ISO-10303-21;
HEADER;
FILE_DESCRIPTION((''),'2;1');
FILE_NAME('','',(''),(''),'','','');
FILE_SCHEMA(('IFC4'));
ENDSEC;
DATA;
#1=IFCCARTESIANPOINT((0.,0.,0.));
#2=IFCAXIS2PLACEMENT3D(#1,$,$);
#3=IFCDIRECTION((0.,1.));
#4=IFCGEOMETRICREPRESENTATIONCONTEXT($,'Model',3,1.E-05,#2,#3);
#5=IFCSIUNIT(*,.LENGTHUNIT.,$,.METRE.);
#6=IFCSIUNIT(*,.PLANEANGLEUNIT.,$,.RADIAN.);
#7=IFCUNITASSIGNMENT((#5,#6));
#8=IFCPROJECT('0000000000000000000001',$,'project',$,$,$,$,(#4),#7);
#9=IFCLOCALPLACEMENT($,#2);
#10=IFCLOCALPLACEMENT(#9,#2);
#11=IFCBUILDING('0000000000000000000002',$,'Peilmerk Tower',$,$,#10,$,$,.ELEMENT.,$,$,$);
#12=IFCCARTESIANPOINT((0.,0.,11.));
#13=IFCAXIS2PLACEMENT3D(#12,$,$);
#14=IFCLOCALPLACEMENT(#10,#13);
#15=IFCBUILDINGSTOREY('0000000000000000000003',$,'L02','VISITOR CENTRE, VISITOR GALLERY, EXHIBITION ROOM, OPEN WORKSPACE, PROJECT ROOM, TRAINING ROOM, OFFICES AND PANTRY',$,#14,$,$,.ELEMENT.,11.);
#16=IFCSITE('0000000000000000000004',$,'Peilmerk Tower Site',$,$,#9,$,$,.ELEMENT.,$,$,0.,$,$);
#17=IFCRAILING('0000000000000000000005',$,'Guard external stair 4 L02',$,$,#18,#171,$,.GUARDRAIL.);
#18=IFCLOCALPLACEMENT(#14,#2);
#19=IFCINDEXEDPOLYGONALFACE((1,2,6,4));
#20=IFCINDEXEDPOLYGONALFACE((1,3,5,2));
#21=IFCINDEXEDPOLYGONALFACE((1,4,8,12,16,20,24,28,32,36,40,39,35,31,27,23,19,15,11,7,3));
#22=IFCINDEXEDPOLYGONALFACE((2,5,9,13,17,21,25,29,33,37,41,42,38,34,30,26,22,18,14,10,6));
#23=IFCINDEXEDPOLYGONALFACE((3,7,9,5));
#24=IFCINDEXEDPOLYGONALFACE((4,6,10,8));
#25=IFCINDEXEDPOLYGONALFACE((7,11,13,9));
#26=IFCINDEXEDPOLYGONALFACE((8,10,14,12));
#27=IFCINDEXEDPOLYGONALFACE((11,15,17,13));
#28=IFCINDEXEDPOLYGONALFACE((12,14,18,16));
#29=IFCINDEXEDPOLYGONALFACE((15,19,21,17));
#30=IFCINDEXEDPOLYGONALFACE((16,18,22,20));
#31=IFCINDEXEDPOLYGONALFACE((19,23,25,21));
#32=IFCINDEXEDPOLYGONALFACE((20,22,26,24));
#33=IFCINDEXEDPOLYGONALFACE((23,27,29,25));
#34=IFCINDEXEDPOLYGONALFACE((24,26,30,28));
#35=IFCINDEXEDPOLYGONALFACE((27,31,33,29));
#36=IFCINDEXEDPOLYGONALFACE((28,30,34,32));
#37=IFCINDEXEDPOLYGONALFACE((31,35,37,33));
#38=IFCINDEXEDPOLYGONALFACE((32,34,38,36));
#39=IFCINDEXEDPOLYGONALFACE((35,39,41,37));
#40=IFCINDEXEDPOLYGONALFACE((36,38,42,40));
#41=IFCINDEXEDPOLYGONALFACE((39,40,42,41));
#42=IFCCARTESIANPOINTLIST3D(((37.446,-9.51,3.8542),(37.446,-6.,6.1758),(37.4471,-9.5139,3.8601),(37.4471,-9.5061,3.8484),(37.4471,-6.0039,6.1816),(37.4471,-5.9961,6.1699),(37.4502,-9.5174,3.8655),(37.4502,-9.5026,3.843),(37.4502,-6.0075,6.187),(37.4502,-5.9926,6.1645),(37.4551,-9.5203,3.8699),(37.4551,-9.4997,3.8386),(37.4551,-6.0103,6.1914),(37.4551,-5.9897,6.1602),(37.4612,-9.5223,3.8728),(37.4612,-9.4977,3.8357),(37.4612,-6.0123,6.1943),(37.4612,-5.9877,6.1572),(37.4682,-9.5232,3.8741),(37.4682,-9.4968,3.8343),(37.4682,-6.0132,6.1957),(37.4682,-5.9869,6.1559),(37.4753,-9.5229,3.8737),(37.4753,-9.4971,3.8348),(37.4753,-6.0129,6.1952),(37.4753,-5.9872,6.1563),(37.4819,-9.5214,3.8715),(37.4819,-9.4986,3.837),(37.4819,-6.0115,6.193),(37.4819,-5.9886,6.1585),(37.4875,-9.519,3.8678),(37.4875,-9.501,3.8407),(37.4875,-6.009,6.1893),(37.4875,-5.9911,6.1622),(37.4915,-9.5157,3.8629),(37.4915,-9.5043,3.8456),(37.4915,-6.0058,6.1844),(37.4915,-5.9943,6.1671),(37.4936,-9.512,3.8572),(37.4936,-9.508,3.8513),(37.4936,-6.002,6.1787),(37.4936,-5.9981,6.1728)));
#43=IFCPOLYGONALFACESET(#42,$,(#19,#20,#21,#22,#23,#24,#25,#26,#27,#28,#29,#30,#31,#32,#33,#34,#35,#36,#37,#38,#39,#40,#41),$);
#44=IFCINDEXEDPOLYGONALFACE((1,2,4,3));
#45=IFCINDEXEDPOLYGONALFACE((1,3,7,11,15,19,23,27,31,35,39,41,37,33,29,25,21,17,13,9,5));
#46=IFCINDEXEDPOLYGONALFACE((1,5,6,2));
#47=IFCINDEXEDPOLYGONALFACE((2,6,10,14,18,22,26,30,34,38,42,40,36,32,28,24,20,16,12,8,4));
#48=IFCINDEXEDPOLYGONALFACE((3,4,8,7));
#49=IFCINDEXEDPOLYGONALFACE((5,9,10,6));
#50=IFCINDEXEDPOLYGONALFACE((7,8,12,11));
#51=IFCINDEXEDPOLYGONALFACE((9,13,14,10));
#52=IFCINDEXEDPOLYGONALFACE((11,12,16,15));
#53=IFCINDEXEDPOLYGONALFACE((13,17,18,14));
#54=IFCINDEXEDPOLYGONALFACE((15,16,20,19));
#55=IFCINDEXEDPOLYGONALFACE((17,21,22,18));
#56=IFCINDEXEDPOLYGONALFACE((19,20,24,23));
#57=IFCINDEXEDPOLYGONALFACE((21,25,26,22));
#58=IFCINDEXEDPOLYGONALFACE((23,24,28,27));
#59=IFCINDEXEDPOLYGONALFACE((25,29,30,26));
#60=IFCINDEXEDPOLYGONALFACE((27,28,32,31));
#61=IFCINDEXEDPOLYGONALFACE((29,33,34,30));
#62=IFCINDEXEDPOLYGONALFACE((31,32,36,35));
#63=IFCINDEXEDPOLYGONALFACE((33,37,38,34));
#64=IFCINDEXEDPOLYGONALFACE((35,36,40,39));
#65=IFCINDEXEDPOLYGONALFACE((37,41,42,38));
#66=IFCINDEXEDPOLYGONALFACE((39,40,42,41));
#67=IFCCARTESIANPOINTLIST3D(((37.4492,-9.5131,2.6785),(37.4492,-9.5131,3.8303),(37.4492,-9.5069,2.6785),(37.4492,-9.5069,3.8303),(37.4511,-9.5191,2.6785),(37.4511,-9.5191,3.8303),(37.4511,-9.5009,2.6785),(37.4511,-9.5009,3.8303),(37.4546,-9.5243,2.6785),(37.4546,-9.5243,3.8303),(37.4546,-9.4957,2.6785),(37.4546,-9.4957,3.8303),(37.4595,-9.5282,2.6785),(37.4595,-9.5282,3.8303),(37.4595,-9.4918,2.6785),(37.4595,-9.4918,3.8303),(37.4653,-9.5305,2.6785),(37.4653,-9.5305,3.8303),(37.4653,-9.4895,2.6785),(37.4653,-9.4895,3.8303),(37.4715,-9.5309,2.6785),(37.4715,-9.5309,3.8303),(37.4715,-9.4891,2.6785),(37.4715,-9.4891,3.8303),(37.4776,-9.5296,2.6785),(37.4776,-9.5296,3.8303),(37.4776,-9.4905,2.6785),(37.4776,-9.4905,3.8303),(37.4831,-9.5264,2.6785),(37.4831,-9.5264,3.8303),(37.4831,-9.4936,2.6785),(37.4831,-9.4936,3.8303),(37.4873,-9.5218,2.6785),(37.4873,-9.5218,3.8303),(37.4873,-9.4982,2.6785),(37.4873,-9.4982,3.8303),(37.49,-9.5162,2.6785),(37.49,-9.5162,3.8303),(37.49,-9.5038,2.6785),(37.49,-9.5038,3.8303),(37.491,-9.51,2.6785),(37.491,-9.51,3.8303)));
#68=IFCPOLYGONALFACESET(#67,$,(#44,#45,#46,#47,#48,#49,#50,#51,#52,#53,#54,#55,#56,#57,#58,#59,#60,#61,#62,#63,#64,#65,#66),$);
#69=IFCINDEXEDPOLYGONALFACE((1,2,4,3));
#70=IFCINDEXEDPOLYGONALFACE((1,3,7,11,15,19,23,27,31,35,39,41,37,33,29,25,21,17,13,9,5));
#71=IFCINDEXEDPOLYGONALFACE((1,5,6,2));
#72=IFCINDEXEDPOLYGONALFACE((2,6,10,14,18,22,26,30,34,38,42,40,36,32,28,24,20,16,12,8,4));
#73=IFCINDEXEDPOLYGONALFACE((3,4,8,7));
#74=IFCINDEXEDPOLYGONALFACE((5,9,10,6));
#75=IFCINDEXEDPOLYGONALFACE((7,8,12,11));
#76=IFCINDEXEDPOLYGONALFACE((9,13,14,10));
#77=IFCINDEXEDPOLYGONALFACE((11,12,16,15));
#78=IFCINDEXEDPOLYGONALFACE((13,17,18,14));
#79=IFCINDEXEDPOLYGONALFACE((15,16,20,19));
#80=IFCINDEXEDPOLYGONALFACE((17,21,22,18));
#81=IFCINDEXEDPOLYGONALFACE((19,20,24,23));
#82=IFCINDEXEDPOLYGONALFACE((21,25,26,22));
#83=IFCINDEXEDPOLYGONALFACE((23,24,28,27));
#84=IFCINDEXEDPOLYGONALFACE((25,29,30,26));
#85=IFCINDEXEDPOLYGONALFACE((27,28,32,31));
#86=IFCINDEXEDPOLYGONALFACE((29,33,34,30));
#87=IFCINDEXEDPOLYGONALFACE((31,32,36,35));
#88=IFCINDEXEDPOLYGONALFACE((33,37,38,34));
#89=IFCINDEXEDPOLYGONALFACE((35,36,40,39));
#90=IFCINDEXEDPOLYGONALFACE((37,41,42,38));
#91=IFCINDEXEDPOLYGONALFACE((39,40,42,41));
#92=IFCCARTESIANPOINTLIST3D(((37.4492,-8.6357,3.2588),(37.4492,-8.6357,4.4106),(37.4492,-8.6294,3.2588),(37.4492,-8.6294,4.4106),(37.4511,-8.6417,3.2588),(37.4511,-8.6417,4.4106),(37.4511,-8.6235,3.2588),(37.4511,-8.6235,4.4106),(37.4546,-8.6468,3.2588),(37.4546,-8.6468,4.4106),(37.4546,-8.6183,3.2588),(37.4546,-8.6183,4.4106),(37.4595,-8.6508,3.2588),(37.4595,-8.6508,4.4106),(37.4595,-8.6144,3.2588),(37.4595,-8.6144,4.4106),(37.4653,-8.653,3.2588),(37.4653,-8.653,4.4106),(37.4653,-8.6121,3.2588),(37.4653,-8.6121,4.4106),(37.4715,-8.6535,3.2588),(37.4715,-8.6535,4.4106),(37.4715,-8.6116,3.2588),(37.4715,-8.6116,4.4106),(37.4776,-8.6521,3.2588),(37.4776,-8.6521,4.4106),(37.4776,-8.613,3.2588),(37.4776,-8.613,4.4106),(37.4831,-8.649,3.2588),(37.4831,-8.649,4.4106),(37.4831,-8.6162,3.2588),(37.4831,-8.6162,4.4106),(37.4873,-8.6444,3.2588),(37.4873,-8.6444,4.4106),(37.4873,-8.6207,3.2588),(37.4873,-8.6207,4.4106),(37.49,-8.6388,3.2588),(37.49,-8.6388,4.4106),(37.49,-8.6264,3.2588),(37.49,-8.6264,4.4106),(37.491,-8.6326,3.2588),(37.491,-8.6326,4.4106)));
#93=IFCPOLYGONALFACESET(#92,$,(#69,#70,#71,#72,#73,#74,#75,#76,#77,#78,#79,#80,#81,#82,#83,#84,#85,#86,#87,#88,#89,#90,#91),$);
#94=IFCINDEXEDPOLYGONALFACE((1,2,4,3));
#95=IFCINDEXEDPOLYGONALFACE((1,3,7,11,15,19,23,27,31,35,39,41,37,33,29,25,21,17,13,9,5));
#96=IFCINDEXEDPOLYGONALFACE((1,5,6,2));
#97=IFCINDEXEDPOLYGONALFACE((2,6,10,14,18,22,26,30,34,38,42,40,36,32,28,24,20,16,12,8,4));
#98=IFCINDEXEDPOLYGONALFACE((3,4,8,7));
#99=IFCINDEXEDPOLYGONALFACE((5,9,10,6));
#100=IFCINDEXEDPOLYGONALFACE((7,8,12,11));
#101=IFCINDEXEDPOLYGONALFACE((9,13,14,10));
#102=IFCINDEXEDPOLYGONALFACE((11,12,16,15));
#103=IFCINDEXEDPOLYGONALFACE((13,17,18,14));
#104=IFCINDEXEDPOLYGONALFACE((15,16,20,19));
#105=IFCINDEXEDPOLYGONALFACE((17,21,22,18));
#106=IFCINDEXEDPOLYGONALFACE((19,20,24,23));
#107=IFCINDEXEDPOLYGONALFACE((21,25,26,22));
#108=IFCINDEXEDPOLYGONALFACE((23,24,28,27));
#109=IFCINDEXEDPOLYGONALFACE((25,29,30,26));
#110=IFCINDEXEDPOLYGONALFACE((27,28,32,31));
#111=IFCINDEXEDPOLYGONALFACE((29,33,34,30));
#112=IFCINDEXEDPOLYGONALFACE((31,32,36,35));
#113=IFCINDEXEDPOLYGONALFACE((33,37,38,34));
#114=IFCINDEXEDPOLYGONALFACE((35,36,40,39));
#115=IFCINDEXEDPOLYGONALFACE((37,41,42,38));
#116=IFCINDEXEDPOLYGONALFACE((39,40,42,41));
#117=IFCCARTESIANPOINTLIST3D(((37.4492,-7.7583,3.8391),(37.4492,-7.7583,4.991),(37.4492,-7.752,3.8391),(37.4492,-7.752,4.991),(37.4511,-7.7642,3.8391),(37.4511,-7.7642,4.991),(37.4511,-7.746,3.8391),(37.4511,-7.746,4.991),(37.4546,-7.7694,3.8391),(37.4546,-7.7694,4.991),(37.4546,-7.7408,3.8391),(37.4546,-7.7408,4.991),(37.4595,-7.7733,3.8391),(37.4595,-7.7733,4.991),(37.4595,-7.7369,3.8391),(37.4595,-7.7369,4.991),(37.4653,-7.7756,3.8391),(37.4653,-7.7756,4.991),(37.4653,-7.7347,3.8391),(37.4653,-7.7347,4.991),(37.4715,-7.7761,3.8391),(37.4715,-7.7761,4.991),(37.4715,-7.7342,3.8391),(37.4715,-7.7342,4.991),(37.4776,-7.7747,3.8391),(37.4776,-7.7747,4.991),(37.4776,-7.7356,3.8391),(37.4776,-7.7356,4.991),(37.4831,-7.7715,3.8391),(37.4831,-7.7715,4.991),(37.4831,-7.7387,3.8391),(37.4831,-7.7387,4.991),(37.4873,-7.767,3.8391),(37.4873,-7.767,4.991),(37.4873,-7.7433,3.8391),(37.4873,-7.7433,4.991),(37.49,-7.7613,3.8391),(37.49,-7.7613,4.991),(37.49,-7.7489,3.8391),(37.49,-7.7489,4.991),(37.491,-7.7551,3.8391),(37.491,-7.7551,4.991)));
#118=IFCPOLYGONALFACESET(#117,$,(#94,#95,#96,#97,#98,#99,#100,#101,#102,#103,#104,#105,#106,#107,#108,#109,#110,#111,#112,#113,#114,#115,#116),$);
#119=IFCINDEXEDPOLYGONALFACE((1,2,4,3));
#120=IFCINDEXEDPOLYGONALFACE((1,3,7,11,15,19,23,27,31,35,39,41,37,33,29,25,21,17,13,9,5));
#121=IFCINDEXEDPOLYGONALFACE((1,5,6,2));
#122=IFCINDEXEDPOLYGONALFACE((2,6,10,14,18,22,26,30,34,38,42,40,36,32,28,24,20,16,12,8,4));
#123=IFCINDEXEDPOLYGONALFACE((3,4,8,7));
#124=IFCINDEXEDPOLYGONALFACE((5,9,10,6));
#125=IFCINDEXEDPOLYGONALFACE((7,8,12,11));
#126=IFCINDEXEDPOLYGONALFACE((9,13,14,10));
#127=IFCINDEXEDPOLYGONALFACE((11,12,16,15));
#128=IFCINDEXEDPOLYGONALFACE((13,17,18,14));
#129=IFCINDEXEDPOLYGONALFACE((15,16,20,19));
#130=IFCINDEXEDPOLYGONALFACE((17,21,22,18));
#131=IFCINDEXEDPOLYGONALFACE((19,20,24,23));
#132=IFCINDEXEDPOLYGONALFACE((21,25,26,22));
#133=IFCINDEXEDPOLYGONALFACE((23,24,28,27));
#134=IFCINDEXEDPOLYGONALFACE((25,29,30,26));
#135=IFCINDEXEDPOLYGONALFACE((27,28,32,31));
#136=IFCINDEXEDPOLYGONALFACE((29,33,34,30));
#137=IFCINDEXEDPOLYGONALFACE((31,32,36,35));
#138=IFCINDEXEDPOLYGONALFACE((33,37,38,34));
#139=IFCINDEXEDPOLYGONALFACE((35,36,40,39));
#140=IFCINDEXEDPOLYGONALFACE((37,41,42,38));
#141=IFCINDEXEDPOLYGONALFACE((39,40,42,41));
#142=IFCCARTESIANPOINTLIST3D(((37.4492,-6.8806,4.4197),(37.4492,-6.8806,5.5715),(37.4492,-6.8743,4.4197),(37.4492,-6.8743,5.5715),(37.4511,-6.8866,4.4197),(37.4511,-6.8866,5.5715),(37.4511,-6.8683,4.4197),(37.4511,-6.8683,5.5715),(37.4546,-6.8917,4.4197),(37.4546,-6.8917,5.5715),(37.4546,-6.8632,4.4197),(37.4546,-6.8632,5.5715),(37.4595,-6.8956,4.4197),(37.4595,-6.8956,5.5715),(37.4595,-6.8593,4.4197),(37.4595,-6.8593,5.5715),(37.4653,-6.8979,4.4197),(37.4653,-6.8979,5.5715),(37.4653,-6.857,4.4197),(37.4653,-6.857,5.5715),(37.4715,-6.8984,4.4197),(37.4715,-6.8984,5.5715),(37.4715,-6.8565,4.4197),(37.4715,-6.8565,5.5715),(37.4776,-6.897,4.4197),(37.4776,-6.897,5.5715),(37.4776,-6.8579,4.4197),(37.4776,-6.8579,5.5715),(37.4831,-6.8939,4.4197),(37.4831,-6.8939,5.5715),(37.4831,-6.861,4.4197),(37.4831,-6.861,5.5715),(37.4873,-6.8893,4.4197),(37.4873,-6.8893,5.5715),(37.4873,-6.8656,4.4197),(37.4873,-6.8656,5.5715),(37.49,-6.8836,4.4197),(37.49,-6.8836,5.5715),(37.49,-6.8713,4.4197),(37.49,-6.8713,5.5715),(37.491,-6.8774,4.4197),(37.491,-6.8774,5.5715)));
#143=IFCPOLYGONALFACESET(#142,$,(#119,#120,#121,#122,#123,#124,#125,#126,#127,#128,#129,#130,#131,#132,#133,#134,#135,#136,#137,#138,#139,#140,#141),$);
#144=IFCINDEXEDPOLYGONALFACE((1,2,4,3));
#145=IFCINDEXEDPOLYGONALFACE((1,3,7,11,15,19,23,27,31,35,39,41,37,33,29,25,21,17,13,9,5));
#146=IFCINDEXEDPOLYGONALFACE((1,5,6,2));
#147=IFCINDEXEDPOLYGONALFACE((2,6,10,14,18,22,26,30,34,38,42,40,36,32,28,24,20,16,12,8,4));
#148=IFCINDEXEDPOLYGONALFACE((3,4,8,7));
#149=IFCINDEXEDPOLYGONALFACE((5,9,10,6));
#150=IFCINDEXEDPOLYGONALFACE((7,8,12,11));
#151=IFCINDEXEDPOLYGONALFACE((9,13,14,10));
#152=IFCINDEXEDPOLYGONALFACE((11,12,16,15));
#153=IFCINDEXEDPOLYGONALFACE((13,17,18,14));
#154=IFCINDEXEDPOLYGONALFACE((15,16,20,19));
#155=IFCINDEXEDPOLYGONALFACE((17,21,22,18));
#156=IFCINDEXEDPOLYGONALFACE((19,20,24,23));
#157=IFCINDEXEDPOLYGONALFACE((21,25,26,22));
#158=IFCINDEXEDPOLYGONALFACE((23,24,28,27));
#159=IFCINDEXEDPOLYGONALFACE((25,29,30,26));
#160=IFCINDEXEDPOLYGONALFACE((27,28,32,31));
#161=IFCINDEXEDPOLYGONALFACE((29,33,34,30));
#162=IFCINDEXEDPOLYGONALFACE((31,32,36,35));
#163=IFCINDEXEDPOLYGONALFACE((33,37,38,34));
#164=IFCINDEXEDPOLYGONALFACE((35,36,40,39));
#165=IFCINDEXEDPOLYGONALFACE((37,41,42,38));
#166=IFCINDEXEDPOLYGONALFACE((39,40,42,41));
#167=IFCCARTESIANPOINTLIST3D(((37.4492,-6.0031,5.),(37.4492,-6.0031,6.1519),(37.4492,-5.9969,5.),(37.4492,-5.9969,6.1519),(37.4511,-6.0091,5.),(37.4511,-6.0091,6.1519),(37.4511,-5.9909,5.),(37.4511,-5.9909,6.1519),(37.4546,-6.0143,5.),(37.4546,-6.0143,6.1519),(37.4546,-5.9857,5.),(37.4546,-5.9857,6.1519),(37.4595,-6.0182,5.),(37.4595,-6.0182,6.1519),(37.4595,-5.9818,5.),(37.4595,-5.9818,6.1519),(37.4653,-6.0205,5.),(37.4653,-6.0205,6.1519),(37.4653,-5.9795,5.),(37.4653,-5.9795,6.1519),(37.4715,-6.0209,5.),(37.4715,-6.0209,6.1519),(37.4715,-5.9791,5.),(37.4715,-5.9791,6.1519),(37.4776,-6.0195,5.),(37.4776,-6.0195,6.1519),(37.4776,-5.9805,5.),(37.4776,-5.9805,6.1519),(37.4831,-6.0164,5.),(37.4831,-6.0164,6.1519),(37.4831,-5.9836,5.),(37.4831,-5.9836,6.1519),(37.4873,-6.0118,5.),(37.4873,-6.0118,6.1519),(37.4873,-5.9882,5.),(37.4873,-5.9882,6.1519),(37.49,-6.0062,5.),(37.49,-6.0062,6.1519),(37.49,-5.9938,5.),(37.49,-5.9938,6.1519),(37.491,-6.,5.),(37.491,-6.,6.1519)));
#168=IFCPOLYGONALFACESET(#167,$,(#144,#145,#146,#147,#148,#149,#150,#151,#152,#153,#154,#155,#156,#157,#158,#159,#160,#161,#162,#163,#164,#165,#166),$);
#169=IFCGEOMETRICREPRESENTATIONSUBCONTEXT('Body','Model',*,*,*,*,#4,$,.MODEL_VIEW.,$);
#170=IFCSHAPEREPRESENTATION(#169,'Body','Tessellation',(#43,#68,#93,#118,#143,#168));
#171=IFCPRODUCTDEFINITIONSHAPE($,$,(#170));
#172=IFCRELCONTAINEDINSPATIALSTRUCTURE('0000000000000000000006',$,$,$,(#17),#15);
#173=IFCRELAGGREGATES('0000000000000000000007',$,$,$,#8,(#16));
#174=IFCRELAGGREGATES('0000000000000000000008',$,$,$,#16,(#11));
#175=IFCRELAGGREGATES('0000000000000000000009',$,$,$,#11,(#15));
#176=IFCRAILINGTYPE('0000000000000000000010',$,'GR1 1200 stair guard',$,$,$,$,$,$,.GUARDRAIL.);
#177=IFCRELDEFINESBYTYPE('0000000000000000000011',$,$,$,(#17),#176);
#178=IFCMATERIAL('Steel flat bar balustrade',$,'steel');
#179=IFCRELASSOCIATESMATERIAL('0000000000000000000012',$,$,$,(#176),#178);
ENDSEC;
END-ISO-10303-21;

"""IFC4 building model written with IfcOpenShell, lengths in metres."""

from ifc_helpers import new_model, si_unit, direction, frame, origin, origin_2d, place, context, subcontext, project, spatial, circle, extrude, material, type_object, element, save


model = new_model("IFC4")

# Units and contexts
model_context = context("Model", 3, precision=1e-05, world=origin(), true_north=direction((0.0, 1.0)))
body_context = subcontext(model_context, "Body", "Model", "MODEL_VIEW")
ifc_project = project(units=[si_unit("LENGTHUNIT", "METRE"), si_unit("PLANEANGLEUNIT", "RADIAN")], contexts=[model_context])

# Site, building, storey
site_placement = place(None, origin())
site = spatial("IfcSite", under=ifc_project, at=site_placement, Name="Peilmerk Tower Site", CompositionType="ELEMENT", RefElevation=0.0)
building_placement = place(site_placement, origin())
building = spatial("IfcBuilding", under=site, at=building_placement, Name="Peilmerk Tower", CompositionType="ELEMENT")
storey_placement = place(building_placement, frame((0.0, 0.0, 11.0)))
storey = spatial("IfcBuildingStorey", under=building, at=storey_placement, Name="L02", Description="VISITOR CENTRE, VISITOR GALLERY, EXHIBITION ROOM, OPEN WORKSPACE, PROJECT ROOM, TRAINING ROOM, OFFICES AND PANTRY", CompositionType="ELEMENT", Elevation=11.0)

# Railing
ifc_material_1 = material(Name="Steel flat bar balustrade", Category="steel")
railing_type_1 = type_object("IfcRailingType", Name="GR1 1200 stair guard", PredefinedType="GUARDRAIL", material=ifc_material_1)
for number, where, name in (
    (1, (37.47, -9.51, 2.6785), "Guard external stair 4 L02"),
):
    element("IfcRailing", number, at=place(storey_placement, frame(where)), inside=storey, type_object=railing_type_1, Name=name, PredefinedType="GUARDRAIL", context=body_context, shape_type="SweptSolid", body=[
        extrude(circle(Radius=0.0239, at=origin_2d()), frame((0.0, 0.0, 1.1758), z_axis=(0.0, 0.834071, 0.551657), x_axis=(-1.0, 0.0, 0.0)), (0.0, 0.0, 1.0), 4.2083),
        extrude(circle(Radius=0.021, at=origin_2d()), origin(), (0.0, 0.0, 1.0), 1.1519),
        extrude(circle(Radius=0.021, at=origin_2d()), frame((0.0, 0.8774, 0.5803)), (0.0, 0.0, 1.0), 1.1519),
        extrude(circle(Radius=0.021, at=origin_2d()), frame((0.0, 1.7549, 1.1606)), (0.0, 0.0, 1.0), 1.1519),
        extrude(circle(Radius=0.021, at=origin_2d()), frame((0.0, 2.6326, 1.7412)), (0.0, 0.0, 1.0), 1.1519),
        extrude(circle(Radius=0.021, at=origin_2d()), frame((0.0, 3.51, 2.3215)), (0.0, 0.0, 1.0), 1.1519),
    ])

save(model, "model.ifc")
